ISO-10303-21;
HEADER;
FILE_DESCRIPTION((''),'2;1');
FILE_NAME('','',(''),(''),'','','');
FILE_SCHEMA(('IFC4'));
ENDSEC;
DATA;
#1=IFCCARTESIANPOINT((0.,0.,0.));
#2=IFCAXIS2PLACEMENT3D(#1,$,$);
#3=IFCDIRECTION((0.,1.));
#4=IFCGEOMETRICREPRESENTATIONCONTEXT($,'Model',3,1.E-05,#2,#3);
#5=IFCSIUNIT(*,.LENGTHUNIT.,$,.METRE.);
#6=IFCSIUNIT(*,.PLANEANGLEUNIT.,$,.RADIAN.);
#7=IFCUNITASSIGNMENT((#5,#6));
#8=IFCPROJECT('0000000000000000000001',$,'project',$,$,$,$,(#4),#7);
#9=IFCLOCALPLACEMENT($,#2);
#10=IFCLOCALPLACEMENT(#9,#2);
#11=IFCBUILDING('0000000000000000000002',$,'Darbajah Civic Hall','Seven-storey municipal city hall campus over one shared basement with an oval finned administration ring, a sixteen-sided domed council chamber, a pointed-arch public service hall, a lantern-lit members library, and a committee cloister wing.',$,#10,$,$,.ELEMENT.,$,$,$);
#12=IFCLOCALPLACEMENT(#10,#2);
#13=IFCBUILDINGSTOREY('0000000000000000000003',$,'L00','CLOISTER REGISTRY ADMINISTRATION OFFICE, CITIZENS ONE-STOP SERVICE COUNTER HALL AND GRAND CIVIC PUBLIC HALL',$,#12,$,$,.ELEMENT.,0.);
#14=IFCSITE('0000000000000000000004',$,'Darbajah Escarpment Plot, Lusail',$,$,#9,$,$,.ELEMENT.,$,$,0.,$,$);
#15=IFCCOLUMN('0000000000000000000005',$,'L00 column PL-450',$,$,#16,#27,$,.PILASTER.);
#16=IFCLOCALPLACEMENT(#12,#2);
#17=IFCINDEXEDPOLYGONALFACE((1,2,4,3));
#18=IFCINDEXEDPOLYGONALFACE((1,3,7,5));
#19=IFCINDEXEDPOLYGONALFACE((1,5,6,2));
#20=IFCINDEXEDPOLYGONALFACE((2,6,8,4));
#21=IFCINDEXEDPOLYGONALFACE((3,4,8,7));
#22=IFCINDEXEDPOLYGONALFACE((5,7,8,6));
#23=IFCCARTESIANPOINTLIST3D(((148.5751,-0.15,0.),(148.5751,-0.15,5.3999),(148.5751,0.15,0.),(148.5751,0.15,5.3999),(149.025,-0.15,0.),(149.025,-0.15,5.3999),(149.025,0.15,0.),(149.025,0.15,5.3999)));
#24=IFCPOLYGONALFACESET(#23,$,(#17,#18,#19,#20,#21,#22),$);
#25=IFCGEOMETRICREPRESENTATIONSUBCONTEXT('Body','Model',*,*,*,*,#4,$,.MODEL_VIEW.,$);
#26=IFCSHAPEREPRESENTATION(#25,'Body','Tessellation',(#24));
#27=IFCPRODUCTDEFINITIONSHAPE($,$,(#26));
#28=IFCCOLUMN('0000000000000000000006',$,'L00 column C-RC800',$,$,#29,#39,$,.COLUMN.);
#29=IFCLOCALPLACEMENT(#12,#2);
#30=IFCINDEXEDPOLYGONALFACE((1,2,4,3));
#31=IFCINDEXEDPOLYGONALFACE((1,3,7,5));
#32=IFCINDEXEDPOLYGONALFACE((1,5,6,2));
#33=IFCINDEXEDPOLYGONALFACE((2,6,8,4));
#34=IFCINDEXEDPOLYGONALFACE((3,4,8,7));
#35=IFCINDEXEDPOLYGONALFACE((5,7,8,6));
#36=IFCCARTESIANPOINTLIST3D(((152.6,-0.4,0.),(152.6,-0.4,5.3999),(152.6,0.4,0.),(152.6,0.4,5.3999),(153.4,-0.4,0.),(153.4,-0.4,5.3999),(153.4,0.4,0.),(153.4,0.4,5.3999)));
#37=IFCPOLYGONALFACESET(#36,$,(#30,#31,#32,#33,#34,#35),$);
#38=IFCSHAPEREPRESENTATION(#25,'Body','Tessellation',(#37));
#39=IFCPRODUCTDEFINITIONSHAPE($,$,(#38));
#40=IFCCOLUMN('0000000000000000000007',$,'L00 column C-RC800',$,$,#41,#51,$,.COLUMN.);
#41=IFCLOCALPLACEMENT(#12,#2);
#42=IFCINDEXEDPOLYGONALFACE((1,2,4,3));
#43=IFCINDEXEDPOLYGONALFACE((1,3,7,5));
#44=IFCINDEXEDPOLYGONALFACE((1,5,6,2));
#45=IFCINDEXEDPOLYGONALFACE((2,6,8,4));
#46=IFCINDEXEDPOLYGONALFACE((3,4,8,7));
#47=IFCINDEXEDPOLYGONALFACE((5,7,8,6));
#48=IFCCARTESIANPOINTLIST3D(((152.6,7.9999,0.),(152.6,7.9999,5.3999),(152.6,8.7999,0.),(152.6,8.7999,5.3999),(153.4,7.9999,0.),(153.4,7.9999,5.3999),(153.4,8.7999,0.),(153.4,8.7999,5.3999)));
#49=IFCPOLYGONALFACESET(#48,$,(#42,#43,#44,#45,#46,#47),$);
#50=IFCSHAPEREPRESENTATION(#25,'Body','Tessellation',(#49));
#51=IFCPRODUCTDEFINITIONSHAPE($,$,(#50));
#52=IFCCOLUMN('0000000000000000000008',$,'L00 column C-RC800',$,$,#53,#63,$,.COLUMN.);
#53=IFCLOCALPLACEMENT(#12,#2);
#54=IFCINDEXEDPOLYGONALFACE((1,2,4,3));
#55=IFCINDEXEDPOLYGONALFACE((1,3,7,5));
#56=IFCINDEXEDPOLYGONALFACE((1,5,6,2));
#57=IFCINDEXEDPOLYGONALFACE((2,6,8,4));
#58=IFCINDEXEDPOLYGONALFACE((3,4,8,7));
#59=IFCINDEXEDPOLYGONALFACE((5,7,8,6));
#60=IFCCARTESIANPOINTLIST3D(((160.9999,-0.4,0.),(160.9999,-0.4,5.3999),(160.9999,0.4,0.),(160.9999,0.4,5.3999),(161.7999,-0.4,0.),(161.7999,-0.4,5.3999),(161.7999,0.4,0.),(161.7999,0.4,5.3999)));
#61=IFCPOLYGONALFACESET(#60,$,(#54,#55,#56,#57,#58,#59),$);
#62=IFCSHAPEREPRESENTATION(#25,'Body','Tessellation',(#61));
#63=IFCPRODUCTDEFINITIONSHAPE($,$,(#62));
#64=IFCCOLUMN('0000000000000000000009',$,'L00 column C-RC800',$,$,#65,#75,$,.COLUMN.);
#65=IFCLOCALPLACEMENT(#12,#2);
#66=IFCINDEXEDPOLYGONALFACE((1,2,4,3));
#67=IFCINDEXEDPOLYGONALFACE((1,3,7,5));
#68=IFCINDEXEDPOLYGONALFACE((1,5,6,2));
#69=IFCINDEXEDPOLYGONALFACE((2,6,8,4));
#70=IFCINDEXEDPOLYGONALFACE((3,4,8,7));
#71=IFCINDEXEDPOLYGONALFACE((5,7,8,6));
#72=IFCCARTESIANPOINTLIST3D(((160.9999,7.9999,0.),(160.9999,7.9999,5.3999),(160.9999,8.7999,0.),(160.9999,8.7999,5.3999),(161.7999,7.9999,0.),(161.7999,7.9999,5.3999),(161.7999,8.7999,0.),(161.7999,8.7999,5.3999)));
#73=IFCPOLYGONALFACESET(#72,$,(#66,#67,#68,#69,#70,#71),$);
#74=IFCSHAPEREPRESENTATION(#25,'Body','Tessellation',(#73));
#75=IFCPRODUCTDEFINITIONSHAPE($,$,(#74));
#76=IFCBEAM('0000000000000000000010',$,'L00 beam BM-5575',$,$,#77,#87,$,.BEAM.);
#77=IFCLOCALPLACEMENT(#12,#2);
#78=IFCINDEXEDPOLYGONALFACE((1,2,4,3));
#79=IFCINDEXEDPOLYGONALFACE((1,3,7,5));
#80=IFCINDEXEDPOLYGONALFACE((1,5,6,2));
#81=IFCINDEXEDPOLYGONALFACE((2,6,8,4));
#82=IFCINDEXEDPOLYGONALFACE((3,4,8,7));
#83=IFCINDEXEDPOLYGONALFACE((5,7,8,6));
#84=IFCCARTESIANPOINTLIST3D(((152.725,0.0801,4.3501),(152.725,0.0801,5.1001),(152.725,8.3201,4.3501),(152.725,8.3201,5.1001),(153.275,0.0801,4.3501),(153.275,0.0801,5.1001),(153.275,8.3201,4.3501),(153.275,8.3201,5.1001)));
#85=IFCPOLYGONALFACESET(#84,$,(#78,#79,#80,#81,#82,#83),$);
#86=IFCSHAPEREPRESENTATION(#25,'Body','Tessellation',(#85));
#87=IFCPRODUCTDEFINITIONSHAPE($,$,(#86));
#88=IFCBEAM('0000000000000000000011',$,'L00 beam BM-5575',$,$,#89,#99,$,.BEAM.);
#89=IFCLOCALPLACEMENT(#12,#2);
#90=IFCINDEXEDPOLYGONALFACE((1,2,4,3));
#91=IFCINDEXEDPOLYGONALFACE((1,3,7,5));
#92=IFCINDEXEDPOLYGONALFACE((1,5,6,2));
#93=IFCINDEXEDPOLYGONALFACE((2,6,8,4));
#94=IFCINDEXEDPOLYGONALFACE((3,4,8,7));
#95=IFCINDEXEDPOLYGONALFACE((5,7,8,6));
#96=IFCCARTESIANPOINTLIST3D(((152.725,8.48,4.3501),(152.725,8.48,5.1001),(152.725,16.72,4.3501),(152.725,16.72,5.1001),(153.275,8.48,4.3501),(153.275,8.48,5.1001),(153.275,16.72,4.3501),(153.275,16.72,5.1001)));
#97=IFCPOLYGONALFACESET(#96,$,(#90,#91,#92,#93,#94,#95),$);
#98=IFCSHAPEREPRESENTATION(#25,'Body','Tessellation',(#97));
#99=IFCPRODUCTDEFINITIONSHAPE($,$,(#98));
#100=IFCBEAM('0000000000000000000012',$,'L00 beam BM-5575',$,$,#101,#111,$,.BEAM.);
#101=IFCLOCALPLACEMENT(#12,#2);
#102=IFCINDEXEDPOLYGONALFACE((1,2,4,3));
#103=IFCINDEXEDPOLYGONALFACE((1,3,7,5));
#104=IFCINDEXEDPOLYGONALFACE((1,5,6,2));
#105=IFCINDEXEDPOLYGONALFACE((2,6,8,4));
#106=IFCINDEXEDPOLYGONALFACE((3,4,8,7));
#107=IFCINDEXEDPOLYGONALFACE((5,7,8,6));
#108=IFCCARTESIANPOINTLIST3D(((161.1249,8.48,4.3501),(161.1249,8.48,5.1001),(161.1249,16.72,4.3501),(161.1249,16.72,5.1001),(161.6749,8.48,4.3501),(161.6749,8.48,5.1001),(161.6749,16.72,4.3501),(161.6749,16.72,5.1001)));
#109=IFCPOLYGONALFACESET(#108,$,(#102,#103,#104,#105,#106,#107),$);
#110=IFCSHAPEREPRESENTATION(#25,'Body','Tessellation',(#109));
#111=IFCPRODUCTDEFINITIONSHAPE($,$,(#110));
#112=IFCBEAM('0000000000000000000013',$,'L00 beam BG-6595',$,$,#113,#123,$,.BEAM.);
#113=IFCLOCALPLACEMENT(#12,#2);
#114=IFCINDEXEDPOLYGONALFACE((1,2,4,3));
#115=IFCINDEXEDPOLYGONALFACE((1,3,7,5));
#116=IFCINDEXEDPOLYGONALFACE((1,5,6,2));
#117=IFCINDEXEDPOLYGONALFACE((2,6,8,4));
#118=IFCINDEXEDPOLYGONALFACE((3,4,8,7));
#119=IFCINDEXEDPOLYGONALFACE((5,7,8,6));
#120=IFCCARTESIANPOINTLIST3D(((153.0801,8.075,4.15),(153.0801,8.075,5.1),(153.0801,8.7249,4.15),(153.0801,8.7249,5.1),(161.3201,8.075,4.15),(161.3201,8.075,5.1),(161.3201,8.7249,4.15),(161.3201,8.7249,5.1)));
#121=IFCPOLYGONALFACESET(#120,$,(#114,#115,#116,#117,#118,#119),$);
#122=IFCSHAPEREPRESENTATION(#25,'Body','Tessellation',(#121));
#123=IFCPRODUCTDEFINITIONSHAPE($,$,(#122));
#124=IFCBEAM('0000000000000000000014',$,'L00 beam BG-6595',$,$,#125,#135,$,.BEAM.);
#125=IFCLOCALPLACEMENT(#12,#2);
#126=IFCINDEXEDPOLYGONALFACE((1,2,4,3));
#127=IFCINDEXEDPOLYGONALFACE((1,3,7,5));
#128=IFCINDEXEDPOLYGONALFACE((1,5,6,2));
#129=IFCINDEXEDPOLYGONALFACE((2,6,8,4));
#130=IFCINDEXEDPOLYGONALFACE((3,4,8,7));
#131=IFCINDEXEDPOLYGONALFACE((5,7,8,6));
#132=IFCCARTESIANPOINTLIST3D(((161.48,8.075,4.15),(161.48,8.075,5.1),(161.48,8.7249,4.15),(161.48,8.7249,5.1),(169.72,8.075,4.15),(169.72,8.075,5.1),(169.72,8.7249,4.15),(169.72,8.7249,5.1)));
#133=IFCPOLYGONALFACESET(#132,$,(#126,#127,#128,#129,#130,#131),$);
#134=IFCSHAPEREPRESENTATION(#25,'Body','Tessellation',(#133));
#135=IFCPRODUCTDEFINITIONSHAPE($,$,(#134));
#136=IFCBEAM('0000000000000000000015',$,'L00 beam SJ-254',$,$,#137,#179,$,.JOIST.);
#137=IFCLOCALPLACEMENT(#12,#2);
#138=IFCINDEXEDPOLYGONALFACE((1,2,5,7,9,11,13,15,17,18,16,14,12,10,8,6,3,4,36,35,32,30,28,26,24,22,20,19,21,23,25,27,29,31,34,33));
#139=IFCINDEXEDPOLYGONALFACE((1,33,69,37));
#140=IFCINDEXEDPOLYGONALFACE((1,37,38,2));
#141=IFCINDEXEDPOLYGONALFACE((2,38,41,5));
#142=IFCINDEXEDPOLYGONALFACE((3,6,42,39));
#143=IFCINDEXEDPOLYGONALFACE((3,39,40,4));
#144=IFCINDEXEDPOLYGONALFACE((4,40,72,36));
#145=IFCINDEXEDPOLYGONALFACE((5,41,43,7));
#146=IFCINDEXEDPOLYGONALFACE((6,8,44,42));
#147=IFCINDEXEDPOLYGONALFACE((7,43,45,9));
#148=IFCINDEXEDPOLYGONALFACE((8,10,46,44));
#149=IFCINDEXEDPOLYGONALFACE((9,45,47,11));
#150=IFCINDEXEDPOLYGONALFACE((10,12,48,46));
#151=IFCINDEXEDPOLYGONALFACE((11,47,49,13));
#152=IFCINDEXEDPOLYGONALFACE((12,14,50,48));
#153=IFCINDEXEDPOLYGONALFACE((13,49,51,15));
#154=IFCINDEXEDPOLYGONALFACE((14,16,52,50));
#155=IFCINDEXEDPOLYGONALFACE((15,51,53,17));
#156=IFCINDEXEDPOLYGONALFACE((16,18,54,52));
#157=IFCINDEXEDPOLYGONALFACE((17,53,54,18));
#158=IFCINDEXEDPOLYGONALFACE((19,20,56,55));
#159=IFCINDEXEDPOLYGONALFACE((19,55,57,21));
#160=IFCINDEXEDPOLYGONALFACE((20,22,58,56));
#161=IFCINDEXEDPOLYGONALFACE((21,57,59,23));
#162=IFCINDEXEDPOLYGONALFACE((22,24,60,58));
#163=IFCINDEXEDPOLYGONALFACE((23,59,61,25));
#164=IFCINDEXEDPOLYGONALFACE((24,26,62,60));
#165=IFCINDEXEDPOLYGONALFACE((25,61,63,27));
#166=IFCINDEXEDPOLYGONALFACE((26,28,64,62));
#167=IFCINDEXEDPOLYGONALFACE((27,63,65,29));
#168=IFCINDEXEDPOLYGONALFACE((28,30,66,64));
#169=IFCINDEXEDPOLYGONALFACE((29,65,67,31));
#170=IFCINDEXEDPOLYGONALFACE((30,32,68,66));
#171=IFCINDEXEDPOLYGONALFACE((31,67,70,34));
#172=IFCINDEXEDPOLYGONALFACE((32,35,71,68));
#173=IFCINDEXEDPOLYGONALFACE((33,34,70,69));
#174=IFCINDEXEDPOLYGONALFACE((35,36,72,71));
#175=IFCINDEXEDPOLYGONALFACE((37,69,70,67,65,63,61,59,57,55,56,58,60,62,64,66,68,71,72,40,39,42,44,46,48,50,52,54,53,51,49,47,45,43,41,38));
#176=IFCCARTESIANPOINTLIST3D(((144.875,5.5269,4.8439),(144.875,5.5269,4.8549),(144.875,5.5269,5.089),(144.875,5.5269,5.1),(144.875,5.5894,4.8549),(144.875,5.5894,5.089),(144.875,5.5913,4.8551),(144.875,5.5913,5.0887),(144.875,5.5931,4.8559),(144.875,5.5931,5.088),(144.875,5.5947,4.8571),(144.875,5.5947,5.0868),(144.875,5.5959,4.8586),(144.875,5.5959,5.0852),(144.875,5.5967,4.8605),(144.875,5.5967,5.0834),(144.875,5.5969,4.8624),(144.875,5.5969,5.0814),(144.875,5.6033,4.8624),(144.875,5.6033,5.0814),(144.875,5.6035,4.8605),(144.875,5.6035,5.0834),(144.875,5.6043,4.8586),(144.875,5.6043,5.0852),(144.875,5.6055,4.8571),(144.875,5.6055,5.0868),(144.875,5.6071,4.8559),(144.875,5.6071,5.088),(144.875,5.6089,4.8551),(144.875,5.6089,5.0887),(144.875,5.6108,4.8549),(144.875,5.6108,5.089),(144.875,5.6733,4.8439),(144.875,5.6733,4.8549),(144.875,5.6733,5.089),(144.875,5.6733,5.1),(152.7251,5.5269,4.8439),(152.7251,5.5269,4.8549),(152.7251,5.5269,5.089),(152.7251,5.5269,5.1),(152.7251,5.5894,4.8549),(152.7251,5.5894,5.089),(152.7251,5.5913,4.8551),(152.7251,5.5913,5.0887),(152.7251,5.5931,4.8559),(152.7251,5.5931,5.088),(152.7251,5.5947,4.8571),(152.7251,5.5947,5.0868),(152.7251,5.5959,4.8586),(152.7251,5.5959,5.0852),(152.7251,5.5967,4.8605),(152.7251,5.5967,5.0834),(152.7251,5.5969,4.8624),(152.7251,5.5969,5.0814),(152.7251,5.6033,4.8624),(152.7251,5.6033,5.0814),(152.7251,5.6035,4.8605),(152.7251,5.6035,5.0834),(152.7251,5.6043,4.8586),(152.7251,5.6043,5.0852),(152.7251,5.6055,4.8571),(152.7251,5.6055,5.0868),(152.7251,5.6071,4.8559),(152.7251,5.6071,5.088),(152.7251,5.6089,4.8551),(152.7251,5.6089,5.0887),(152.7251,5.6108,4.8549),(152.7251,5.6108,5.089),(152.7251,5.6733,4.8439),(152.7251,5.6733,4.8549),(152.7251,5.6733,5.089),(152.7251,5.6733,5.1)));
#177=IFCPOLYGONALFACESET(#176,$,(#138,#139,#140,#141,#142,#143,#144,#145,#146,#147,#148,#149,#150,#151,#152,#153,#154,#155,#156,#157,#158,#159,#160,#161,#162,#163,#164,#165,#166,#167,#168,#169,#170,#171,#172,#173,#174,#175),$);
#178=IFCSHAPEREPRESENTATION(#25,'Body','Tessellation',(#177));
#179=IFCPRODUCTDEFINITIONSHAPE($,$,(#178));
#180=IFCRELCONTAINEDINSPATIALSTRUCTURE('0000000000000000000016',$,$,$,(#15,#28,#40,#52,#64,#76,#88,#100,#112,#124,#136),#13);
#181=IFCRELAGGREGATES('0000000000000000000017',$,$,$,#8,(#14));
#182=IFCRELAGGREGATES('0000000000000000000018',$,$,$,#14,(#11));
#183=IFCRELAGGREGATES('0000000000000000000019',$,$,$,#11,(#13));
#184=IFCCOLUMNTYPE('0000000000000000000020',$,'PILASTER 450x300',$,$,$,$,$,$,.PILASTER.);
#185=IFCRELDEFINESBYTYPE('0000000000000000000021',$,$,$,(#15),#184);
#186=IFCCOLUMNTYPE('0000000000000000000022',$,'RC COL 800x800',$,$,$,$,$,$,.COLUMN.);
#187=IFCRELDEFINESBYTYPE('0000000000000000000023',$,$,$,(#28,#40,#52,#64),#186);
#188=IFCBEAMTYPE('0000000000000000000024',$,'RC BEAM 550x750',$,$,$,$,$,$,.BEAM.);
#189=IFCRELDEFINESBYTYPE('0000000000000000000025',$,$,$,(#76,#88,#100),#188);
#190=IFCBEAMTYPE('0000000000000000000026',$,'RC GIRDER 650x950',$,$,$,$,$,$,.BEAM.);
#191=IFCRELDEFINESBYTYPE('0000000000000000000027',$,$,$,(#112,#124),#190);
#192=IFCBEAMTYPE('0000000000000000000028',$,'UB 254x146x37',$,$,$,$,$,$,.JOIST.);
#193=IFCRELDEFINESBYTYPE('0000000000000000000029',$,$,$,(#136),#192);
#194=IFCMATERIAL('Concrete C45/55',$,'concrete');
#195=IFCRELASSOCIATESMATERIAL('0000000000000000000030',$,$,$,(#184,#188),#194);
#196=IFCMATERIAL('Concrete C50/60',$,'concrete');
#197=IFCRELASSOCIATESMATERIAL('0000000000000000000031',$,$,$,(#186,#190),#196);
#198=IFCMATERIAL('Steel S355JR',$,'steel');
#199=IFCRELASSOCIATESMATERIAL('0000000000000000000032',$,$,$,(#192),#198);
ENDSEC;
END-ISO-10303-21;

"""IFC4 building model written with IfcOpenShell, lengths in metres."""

from ifc_helpers import new_model, si_unit, direction, frame, origin, origin_2d, place, context, subcontext, project, spatial, rectangle, i_section, extrude, material, material_profile, profile_set, type_object, element, save


model = new_model("IFC4")

# Units and contexts
model_context = context("Model", 3, precision=1e-05, world=origin(), true_north=direction((0.0, 1.0)))
body_context = subcontext(model_context, "Body", "Model", "MODEL_VIEW")
ifc_project = project(units=[si_unit("LENGTHUNIT", "METRE"), si_unit("PLANEANGLEUNIT", "RADIAN")], contexts=[model_context])

# Site, building, storey
site_placement = place(None, origin())
site = spatial("IfcSite", under=ifc_project, at=site_placement, Name="Darbajah Escarpment Plot, Lusail", CompositionType="ELEMENT", RefElevation=0.0)
building_placement = place(site_placement, origin())
building = spatial("IfcBuilding", under=site, at=building_placement, Name="Darbajah Civic Hall", Description="Seven-storey municipal city hall campus over one shared basement with an oval finned administration ring, a sixteen-sided domed council chamber, a pointed-arch public service hall, a lantern-lit members library, and a committee cloister wing.", CompositionType="ELEMENT")
storey_placement = place(building_placement, origin())
storey = spatial("IfcBuildingStorey", under=building, at=storey_placement, Name="L00", Description="CLOISTER REGISTRY ADMINISTRATION OFFICE, CITIZENS ONE-STOP SERVICE COUNTER HALL AND GRAND CIVIC PUBLIC HALL", CompositionType="ELEMENT", Elevation=0.0)

# Columns
ifc_material_1 = material(Name="Concrete C45/55", Category="concrete")
ifc_material_profile_1 = material_profile(ifc_material_1, rectangle(XDim=0.45, YDim=0.3, at=origin_2d()), Name="PILASTER 450x300")
ifc_profile_set_1 = profile_set([ifc_material_profile_1], Name="Concrete C45/55")
column_type_1 = type_object("IfcColumnType", Name="PILASTER 450x300", PredefinedType="PILASTER", material=ifc_profile_set_1)
column_placement = place(storey_placement, frame((148.8, 0.0, 0.0), z_axis=(0.0, 0.0, 1.0), x_axis=(1.0, 0.0, 0.0)))
element("IfcColumn", 1, at=column_placement, inside=storey, type_object=column_type_1, Name="L00 column PL-450", PredefinedType="PILASTER", context=body_context, shape_type="SweptSolid", body=[
    extrude(rectangle(XDim=0.45, YDim=0.3, at=origin_2d()), origin(), (0.0, 0.0, 1.0), 5.3999),
])
ifc_material_2 = material(Name="Concrete C50/60", Category="concrete")
ifc_material_profile_2 = material_profile(ifc_material_2, rectangle(XDim=0.8, YDim=0.8, at=origin_2d()), Name="RC COL 800x800")
ifc_profile_set_2 = profile_set([ifc_material_profile_2], Name="Concrete C50/60")
column_type_2 = type_object("IfcColumnType", Name="RC COL 800x800", PredefinedType="COLUMN", material=ifc_profile_set_2)
for number, where, z_axis, x_axis, name in (
    (2, (153.0, 0.0, 0.0), (0.0, 0.0, 1.0), (1.0, 0.0, 0.0), "L00 column C-RC800"),
    (3, (153.0, 8.3999, 0.0), (0.0, 0.0, 1.0), (1.0, 0.0, 0.0), "L00 column C-RC800"),
    (4, (161.3999, 0.0, 0.0), (0.0, 0.0, 1.0), (1.0, 0.0, 0.0), "L00 column C-RC800"),
    (5, (161.3999, 8.3999, 0.0), (0.0, 0.0, 1.0), (1.0, 0.0, 0.0), "L00 column C-RC800"),
):
    element("IfcColumn", number, at=place(storey_placement, frame(where, z_axis=z_axis, x_axis=x_axis)), inside=storey, type_object=column_type_2, Name=name, PredefinedType="COLUMN", context=body_context, shape_type="SweptSolid", body=[
        extrude(rectangle(XDim=0.8, YDim=0.8, at=origin_2d()), origin(), (0.0, 0.0, 1.0), 5.3999),
    ])

# Beams
ifc_material_profile_3 = material_profile(ifc_material_1, rectangle(XDim=0.55, YDim=0.75, at=origin_2d()), Name="RC BEAM 550x750")
ifc_profile_set_3 = profile_set([ifc_material_profile_3], Name="Concrete C45/55")
beam_type_1 = type_object("IfcBeamType", Name="RC BEAM 550x750", PredefinedType="BEAM", material=ifc_profile_set_3)
for number, where, z_axis, x_axis, name in (
    (6, (153.0, 0.0801, 4.7251), (0.0, 1.0, 0.0), (-1.0, 0.0, 0.0), "L00 beam BM-5575"),
    (7, (153.0, 8.48, 4.7251), (0.0, 1.0, 0.0), (-1.0, 0.0, 0.0), "L00 beam BM-5575"),
    (8, (161.3999, 8.48, 4.7251), (0.0, 1.0, 0.0), (-1.0, 0.0, 0.0), "L00 beam BM-5575"),
):
    element("IfcBeam", number, at=place(storey_placement, frame(where, z_axis=z_axis, x_axis=x_axis)), inside=storey, type_object=beam_type_1, Name=name, PredefinedType="BEAM", context=body_context, shape_type="SweptSolid", body=[
        extrude(rectangle(XDim=0.55, YDim=0.75, at=origin_2d()), origin(), (0.0, 0.0, 1.0), 8.24),
    ])
ifc_material_profile_4 = material_profile(ifc_material_2, rectangle(XDim=0.6499, YDim=0.95, at=origin_2d()), Name="RC GIRDER 650x950")
ifc_profile_set_4 = profile_set([ifc_material_profile_4], Name="Concrete C50/60")
beam_type_2 = type_object("IfcBeamType", Name="RC GIRDER 650x950", PredefinedType="BEAM", material=ifc_profile_set_4)
for number, where, z_axis, x_axis, name in (
    (9, (153.0801, 8.3999, 4.625), (1.0, 0.0, 0.0), (0.0, 1.0, 0.0), "L00 beam BG-6595"),
    (10, (161.48, 8.3999, 4.625), (1.0, 0.0, 0.0), (0.0, 1.0, 0.0), "L00 beam BG-6595"),
):
    element("IfcBeam", number, at=place(storey_placement, frame(where, z_axis=z_axis, x_axis=x_axis)), inside=storey, type_object=beam_type_2, Name=name, PredefinedType="BEAM", context=body_context, shape_type="SweptSolid", body=[
        extrude(rectangle(XDim=0.6499, YDim=0.95, at=origin_2d()), origin(), (0.0, 0.0, 1.0), 8.24),
    ])
ifc_material_3 = material(Name="Steel S355JR", Category="steel")
ifc_material_profile_5 = material_profile(ifc_material_3, i_section(OverallWidth=0.1465, OverallDepth=0.2561, WebThickness=0.0063, FlangeThickness=0.011, FilletRadius=0.0076, at=origin_2d()), Name="UB 254x146x37")
ifc_profile_set_5 = profile_set([ifc_material_profile_5], Name="Steel S355JR")
beam_type_3 = type_object("IfcBeamType", Name="UB 254x146x37", PredefinedType="JOIST", material=ifc_profile_set_5)
for number, where, z_axis, x_axis, name in (
    (11, (144.875, 5.6001, 4.9719), (1.0, 0.0, 0.0), (0.0, 1.0, 0.0), "L00 beam SJ-254"),
):
    element("IfcBeam", number, at=place(storey_placement, frame(where, z_axis=z_axis, x_axis=x_axis)), inside=storey, type_object=beam_type_3, Name=name, PredefinedType="JOIST", context=body_context, shape_type="SweptSolid", body=[
        extrude(i_section(OverallWidth=0.1465, OverallDepth=0.2561, WebThickness=0.0063, FlangeThickness=0.011, FilletRadius=0.0076, at=origin_2d()), origin(), (0.0, 0.0, 1.0), 7.8501),
    ])

save(model, "model.ifc")
